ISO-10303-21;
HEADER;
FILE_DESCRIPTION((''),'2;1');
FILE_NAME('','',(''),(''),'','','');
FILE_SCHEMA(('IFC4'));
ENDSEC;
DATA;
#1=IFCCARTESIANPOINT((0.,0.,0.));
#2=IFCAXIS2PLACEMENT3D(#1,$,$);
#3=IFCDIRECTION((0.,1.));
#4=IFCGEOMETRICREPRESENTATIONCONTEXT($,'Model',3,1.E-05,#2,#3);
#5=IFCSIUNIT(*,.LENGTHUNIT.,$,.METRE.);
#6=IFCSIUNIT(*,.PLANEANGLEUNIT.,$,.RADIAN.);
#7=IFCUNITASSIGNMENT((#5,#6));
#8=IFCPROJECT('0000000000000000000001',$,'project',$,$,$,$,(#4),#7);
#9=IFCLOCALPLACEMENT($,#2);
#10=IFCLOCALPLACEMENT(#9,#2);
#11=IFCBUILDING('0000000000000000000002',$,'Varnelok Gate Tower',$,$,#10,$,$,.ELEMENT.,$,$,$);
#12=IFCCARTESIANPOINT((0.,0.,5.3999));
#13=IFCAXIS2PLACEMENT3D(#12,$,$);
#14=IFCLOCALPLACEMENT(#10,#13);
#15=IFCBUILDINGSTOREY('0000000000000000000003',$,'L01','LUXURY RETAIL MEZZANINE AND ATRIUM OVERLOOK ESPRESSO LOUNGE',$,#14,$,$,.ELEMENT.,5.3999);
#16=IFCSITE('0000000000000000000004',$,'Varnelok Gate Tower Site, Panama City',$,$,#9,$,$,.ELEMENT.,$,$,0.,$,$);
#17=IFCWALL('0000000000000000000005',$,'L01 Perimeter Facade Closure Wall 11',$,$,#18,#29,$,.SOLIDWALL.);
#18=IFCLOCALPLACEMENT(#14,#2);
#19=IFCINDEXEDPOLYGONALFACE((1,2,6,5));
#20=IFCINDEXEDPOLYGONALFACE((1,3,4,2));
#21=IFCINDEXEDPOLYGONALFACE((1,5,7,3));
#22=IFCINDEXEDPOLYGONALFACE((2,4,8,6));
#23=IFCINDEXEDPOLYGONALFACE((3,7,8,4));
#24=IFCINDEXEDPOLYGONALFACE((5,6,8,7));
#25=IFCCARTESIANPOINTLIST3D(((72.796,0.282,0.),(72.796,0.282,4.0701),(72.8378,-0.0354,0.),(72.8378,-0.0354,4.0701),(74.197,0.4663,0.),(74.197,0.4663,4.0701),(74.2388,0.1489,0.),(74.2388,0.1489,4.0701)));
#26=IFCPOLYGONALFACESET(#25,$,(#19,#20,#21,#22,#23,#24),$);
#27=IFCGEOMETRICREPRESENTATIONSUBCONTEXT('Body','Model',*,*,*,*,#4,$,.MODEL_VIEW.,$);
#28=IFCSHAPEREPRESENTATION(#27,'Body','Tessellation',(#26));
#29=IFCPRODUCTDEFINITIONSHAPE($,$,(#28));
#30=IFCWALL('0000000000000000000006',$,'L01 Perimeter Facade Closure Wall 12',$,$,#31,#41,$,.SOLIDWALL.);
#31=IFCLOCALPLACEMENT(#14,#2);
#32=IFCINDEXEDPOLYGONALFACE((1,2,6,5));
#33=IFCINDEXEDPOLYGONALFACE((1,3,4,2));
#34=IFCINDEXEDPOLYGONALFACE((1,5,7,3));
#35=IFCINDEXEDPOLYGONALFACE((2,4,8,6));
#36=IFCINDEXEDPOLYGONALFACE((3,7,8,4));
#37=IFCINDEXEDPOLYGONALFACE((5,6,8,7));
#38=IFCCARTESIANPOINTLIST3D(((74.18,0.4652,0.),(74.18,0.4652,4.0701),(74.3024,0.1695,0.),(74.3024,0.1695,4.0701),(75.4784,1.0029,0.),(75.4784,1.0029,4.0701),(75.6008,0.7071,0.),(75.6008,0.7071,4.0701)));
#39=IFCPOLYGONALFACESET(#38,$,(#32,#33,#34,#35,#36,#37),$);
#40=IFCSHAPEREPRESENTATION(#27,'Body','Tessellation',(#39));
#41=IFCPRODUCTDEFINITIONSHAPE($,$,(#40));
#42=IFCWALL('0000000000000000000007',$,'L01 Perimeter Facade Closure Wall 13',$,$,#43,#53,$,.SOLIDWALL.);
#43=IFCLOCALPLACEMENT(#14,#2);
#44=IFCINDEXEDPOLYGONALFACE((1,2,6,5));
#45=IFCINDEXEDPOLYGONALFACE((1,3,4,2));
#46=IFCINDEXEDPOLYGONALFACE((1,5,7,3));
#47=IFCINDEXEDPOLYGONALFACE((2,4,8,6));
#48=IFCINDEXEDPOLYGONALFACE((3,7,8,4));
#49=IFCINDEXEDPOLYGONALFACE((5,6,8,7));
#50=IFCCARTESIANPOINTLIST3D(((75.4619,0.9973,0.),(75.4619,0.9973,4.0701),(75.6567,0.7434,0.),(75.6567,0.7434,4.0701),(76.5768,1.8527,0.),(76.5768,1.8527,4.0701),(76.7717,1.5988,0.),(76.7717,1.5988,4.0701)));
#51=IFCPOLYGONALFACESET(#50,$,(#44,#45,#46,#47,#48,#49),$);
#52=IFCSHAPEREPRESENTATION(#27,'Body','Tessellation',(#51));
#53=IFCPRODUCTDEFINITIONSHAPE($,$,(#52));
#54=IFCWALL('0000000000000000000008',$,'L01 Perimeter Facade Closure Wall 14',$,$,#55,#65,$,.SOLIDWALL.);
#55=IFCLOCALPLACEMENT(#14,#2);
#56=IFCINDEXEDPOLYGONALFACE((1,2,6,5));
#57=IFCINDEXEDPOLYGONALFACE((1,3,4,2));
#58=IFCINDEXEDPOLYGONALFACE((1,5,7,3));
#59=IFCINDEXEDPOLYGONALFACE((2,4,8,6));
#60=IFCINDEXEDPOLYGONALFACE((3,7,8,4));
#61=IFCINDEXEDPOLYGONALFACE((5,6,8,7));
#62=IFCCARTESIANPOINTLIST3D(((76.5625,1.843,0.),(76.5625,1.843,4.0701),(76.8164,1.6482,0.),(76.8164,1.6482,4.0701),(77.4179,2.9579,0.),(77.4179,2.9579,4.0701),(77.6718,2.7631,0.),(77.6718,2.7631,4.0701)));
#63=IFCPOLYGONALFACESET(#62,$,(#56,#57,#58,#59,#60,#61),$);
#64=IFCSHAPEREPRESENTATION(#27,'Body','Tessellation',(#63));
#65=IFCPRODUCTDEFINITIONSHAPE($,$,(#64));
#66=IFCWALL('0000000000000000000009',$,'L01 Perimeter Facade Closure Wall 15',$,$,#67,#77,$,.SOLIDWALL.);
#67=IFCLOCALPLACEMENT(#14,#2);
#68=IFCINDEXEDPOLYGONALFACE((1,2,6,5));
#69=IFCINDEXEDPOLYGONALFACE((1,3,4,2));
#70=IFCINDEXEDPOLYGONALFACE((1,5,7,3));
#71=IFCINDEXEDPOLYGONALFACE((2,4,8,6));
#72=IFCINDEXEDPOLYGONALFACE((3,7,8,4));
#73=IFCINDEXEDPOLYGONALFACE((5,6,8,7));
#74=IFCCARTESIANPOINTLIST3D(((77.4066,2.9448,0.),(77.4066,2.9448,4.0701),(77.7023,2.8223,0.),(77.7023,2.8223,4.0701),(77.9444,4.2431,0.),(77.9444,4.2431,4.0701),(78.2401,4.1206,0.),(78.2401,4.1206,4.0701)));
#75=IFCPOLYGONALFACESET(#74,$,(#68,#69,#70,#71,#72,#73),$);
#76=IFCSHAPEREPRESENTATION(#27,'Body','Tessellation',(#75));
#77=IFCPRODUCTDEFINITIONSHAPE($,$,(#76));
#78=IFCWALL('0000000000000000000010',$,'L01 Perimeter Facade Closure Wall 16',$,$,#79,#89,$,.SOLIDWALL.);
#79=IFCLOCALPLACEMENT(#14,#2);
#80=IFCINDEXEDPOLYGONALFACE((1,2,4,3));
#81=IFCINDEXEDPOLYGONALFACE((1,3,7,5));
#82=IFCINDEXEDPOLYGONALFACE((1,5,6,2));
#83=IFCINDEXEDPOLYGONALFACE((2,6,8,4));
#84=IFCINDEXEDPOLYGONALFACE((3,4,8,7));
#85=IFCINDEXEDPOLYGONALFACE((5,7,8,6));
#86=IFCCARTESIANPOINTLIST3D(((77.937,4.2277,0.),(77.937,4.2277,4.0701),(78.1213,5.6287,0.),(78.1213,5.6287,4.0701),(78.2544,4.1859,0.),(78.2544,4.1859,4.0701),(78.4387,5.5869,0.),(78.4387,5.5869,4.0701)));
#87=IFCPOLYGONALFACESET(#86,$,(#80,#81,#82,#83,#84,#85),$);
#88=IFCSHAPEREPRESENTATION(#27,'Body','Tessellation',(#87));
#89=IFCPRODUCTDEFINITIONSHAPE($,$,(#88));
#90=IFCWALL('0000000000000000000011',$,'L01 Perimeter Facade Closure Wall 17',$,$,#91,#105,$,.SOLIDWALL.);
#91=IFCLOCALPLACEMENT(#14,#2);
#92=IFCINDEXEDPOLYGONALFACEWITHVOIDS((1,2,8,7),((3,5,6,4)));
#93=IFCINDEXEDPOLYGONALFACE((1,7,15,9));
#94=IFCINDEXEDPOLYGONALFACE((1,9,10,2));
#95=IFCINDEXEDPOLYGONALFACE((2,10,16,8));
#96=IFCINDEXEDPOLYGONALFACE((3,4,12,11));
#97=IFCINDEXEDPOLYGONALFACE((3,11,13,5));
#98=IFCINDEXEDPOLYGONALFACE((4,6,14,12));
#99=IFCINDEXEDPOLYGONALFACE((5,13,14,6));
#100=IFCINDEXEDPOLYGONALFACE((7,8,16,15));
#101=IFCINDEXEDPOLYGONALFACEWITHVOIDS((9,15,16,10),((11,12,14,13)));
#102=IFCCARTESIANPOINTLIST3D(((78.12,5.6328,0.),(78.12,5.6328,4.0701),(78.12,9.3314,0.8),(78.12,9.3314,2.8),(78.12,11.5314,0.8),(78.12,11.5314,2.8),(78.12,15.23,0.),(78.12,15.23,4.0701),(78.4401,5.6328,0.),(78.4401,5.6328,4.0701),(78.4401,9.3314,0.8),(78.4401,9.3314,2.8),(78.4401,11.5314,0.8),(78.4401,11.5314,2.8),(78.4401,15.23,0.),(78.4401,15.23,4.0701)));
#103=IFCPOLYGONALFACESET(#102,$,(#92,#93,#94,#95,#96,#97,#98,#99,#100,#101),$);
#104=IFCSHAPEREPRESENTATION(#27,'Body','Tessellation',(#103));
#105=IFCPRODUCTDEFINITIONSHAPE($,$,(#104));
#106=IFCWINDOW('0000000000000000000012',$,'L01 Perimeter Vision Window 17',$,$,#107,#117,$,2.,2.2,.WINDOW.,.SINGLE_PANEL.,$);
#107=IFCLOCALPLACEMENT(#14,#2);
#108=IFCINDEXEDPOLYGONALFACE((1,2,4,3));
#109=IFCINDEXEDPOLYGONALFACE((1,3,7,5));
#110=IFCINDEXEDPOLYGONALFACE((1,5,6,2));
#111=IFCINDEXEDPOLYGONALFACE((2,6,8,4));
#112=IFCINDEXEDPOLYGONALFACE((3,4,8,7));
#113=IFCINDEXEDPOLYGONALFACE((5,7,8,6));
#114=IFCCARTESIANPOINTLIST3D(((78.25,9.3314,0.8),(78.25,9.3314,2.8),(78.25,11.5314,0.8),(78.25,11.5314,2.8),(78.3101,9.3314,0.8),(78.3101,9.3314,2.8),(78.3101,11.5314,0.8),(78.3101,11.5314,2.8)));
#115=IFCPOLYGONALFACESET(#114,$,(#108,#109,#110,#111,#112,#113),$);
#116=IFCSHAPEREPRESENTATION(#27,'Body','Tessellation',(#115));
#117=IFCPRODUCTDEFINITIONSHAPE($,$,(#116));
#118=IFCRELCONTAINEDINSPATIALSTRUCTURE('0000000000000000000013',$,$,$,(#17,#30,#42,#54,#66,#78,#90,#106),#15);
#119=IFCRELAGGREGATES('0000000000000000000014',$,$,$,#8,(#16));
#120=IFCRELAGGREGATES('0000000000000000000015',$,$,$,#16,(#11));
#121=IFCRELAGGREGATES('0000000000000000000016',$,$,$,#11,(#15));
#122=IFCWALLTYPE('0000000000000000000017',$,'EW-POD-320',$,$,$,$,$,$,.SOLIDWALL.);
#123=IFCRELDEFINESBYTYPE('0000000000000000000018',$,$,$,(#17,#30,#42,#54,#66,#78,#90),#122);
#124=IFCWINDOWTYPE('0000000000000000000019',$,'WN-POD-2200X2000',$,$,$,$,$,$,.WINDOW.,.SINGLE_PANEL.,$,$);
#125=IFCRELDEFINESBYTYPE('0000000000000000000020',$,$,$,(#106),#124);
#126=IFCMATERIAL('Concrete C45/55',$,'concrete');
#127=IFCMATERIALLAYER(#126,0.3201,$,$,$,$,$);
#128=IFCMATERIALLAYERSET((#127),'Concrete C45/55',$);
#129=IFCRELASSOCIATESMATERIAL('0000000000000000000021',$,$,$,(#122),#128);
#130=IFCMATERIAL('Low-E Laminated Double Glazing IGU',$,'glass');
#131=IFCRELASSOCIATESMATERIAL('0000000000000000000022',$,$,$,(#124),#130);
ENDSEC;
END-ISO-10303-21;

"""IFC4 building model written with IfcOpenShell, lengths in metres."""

from ifc_helpers import new_model, si_unit, direction, frame, frame_2d, origin, place, context, subcontext, project, spatial, rectangle, extrude, material, layer, layer_set, type_object, element, fill, save


model = new_model("IFC4")

# Units and contexts
model_context = context("Model", 3, precision=1e-05, world=origin(), true_north=direction((0.0, 1.0)))
body_context = subcontext(model_context, "Body", "Model", "MODEL_VIEW")
ifc_project = project(units=[si_unit("LENGTHUNIT", "METRE"), si_unit("PLANEANGLEUNIT", "RADIAN")], contexts=[model_context])

# Site, building, storey
site_placement = place(None, origin())
site = spatial("IfcSite", under=ifc_project, at=site_placement, Name="Varnelok Gate Tower Site, Panama City", CompositionType="ELEMENT", RefElevation=0.0)
building_placement = place(site_placement, origin())
building = spatial("IfcBuilding", under=site, at=building_placement, Name="Varnelok Gate Tower", CompositionType="ELEMENT")
storey_placement = place(building_placement, frame((0.0, 0.0, 5.3999)))
storey = spatial("IfcBuildingStorey", under=building, at=storey_placement, Name="L01", Description="LUXURY RETAIL MEZZANINE AND ATRIUM OVERLOOK ESPRESSO LOUNGE", CompositionType="ELEMENT", Elevation=5.3999)

# Shared definitions
ifc_material_1 = material(Name="Low-E Laminated Double Glazing IGU", Category="glass")

# Shared definitions
ifc_material_2 = material(Name="Concrete C45/55", Category="concrete")
ifc_layer_1 = layer(ifc_material_2, 0.3201)
ifc_layer_set_1 = layer_set([ifc_layer_1], Name="Concrete C45/55")
wall_type = type_object("IfcWallType", Name="EW-POD-320", PredefinedType="SOLIDWALL", material=ifc_layer_set_1)

# Walls
wall_1_placement = place(storey_placement, frame((72.8169, 0.1233, 0.0), z_axis=(0.0, 0.0, 1.0), x_axis=(0.991457, 0.130432, 0.0)))
element("IfcWall", 1, at=wall_1_placement, inside=storey, type_object=wall_type, Name="L01 Perimeter Facade Closure Wall 11", PredefinedType="SOLIDWALL", context=body_context, shape_type="SweptSolid", body=[
    extrude(rectangle(XDim=1.4131, YDim=0.3201, at=frame_2d((0.7065, 0.0))), origin(), (0.0, 0.0, 1.0), 4.0701),
])
for number, where, z_axis, x_axis, name in (
    (2, (74.2412, 0.3174, 0.0), (0.0, 0.0, 1.0), (0.923928, 0.382567, 0.0), "L01 Perimeter Facade Closure Wall 12"),
    (3, (75.5593, 0.8704, 0.0), (0.0, 0.0, 1.0), (0.793385, 0.60872, 0.0), "L01 Perimeter Facade Closure Wall 13"),
    (4, (76.6895, 1.7456, 0.0), (0.0, 0.0, 1.0), (0.60872, 0.793385, 0.0), "L01 Perimeter Facade Closure Wall 14"),
    (5, (77.5544, 2.8835, 0.0), (0.0, 0.0, 1.0), (0.382715, 0.923866, 0.0), "L01 Perimeter Facade Closure Wall 15"),
):
    element("IfcWall", number, at=place(storey_placement, frame(where, z_axis=z_axis, x_axis=x_axis)), inside=storey, type_object=wall_type, Name=name, PredefinedType="SOLIDWALL", context=body_context, shape_type="SweptSolid", body=[
        extrude(rectangle(XDim=1.4053, YDim=0.3201, at=frame_2d((0.7026, 0.0))), origin(), (0.0, 0.0, 1.0), 4.0701),
    ])
wall_2_placement = place(storey_placement, frame((78.0957, 4.2068, 0.0), z_axis=(0.0, 0.0, 1.0), x_axis=(0.130432, 0.991457, 0.0)))
element("IfcWall", 6, at=wall_2_placement, inside=storey, type_object=wall_type, Name="L01 Perimeter Facade Closure Wall 16", PredefinedType="SOLIDWALL", context=body_context, shape_type="SweptSolid", body=[
    extrude(rectangle(XDim=1.4131, YDim=0.3201, at=frame_2d((0.7065, 0.0))), origin(), (0.0, 0.0, 1.0), 4.0701),
])

# Wall, opening, window
wall_3_placement = place(storey_placement, frame((78.28, 5.6328, 0.0), z_axis=(0.0, 0.0, 1.0), x_axis=(0.0, 1.0, 0.0)))
wall_3 = element("IfcWall", 7, at=wall_3_placement, inside=storey, type_object=wall_type, Name="L01 Perimeter Facade Closure Wall 17", PredefinedType="SOLIDWALL", context=body_context, shape_type="SweptSolid", body=[
    extrude(rectangle(XDim=9.5972, YDim=0.3201, at=frame_2d((4.7986, 0.0))), origin(), (0.0, 0.0, 1.0), 4.0701),
])
opening_1_placement = place(wall_3_placement, frame((3.6985, 0.0, 0.8)))
opening_1 = element("IfcOpeningElement", 8, at=opening_1_placement, cuts=wall_3, PredefinedType="OPENING", context=body_context, shape_type="SweptSolid", body=[
    extrude(rectangle(XDim=2.2, YDim=2.0, at=frame_2d((1.1001, 1.0))), frame((0.0, 0.1699, 0.0), z_axis=(0.0, -1.0, 0.0), x_axis=(1.0, 0.0, 0.0)), (0.0, 0.0, 1.0), 0.3401),
])
window_type_1 = type_object("IfcWindowType", Name="WN-POD-2200X2000", PartitioningType="SINGLE_PANEL", PredefinedType="WINDOW", material=ifc_material_1)
window_1_placement = place(opening_1_placement, origin())
window_1 = element("IfcWindow", 9, at=window_1_placement, inside=storey, type_object=window_type_1, Name="L01 Perimeter Vision Window 17", OverallHeight=2.0, OverallWidth=2.2, PartitioningType="SINGLE_PANEL", PredefinedType="WINDOW", context=body_context, shape_type="SweptSolid", body=[
    extrude(rectangle(XDim=2.2, YDim=2.0, at=frame_2d((1.1001, 1.0))), frame((0.0, 0.03, 0.0), z_axis=(0.0, -1.0, 0.0), x_axis=(1.0, 0.0, 0.0)), (0.0, 0.0, 1.0), 0.0601),
])
fill(opening_1, window_1)

save(model, "model.ifc")
